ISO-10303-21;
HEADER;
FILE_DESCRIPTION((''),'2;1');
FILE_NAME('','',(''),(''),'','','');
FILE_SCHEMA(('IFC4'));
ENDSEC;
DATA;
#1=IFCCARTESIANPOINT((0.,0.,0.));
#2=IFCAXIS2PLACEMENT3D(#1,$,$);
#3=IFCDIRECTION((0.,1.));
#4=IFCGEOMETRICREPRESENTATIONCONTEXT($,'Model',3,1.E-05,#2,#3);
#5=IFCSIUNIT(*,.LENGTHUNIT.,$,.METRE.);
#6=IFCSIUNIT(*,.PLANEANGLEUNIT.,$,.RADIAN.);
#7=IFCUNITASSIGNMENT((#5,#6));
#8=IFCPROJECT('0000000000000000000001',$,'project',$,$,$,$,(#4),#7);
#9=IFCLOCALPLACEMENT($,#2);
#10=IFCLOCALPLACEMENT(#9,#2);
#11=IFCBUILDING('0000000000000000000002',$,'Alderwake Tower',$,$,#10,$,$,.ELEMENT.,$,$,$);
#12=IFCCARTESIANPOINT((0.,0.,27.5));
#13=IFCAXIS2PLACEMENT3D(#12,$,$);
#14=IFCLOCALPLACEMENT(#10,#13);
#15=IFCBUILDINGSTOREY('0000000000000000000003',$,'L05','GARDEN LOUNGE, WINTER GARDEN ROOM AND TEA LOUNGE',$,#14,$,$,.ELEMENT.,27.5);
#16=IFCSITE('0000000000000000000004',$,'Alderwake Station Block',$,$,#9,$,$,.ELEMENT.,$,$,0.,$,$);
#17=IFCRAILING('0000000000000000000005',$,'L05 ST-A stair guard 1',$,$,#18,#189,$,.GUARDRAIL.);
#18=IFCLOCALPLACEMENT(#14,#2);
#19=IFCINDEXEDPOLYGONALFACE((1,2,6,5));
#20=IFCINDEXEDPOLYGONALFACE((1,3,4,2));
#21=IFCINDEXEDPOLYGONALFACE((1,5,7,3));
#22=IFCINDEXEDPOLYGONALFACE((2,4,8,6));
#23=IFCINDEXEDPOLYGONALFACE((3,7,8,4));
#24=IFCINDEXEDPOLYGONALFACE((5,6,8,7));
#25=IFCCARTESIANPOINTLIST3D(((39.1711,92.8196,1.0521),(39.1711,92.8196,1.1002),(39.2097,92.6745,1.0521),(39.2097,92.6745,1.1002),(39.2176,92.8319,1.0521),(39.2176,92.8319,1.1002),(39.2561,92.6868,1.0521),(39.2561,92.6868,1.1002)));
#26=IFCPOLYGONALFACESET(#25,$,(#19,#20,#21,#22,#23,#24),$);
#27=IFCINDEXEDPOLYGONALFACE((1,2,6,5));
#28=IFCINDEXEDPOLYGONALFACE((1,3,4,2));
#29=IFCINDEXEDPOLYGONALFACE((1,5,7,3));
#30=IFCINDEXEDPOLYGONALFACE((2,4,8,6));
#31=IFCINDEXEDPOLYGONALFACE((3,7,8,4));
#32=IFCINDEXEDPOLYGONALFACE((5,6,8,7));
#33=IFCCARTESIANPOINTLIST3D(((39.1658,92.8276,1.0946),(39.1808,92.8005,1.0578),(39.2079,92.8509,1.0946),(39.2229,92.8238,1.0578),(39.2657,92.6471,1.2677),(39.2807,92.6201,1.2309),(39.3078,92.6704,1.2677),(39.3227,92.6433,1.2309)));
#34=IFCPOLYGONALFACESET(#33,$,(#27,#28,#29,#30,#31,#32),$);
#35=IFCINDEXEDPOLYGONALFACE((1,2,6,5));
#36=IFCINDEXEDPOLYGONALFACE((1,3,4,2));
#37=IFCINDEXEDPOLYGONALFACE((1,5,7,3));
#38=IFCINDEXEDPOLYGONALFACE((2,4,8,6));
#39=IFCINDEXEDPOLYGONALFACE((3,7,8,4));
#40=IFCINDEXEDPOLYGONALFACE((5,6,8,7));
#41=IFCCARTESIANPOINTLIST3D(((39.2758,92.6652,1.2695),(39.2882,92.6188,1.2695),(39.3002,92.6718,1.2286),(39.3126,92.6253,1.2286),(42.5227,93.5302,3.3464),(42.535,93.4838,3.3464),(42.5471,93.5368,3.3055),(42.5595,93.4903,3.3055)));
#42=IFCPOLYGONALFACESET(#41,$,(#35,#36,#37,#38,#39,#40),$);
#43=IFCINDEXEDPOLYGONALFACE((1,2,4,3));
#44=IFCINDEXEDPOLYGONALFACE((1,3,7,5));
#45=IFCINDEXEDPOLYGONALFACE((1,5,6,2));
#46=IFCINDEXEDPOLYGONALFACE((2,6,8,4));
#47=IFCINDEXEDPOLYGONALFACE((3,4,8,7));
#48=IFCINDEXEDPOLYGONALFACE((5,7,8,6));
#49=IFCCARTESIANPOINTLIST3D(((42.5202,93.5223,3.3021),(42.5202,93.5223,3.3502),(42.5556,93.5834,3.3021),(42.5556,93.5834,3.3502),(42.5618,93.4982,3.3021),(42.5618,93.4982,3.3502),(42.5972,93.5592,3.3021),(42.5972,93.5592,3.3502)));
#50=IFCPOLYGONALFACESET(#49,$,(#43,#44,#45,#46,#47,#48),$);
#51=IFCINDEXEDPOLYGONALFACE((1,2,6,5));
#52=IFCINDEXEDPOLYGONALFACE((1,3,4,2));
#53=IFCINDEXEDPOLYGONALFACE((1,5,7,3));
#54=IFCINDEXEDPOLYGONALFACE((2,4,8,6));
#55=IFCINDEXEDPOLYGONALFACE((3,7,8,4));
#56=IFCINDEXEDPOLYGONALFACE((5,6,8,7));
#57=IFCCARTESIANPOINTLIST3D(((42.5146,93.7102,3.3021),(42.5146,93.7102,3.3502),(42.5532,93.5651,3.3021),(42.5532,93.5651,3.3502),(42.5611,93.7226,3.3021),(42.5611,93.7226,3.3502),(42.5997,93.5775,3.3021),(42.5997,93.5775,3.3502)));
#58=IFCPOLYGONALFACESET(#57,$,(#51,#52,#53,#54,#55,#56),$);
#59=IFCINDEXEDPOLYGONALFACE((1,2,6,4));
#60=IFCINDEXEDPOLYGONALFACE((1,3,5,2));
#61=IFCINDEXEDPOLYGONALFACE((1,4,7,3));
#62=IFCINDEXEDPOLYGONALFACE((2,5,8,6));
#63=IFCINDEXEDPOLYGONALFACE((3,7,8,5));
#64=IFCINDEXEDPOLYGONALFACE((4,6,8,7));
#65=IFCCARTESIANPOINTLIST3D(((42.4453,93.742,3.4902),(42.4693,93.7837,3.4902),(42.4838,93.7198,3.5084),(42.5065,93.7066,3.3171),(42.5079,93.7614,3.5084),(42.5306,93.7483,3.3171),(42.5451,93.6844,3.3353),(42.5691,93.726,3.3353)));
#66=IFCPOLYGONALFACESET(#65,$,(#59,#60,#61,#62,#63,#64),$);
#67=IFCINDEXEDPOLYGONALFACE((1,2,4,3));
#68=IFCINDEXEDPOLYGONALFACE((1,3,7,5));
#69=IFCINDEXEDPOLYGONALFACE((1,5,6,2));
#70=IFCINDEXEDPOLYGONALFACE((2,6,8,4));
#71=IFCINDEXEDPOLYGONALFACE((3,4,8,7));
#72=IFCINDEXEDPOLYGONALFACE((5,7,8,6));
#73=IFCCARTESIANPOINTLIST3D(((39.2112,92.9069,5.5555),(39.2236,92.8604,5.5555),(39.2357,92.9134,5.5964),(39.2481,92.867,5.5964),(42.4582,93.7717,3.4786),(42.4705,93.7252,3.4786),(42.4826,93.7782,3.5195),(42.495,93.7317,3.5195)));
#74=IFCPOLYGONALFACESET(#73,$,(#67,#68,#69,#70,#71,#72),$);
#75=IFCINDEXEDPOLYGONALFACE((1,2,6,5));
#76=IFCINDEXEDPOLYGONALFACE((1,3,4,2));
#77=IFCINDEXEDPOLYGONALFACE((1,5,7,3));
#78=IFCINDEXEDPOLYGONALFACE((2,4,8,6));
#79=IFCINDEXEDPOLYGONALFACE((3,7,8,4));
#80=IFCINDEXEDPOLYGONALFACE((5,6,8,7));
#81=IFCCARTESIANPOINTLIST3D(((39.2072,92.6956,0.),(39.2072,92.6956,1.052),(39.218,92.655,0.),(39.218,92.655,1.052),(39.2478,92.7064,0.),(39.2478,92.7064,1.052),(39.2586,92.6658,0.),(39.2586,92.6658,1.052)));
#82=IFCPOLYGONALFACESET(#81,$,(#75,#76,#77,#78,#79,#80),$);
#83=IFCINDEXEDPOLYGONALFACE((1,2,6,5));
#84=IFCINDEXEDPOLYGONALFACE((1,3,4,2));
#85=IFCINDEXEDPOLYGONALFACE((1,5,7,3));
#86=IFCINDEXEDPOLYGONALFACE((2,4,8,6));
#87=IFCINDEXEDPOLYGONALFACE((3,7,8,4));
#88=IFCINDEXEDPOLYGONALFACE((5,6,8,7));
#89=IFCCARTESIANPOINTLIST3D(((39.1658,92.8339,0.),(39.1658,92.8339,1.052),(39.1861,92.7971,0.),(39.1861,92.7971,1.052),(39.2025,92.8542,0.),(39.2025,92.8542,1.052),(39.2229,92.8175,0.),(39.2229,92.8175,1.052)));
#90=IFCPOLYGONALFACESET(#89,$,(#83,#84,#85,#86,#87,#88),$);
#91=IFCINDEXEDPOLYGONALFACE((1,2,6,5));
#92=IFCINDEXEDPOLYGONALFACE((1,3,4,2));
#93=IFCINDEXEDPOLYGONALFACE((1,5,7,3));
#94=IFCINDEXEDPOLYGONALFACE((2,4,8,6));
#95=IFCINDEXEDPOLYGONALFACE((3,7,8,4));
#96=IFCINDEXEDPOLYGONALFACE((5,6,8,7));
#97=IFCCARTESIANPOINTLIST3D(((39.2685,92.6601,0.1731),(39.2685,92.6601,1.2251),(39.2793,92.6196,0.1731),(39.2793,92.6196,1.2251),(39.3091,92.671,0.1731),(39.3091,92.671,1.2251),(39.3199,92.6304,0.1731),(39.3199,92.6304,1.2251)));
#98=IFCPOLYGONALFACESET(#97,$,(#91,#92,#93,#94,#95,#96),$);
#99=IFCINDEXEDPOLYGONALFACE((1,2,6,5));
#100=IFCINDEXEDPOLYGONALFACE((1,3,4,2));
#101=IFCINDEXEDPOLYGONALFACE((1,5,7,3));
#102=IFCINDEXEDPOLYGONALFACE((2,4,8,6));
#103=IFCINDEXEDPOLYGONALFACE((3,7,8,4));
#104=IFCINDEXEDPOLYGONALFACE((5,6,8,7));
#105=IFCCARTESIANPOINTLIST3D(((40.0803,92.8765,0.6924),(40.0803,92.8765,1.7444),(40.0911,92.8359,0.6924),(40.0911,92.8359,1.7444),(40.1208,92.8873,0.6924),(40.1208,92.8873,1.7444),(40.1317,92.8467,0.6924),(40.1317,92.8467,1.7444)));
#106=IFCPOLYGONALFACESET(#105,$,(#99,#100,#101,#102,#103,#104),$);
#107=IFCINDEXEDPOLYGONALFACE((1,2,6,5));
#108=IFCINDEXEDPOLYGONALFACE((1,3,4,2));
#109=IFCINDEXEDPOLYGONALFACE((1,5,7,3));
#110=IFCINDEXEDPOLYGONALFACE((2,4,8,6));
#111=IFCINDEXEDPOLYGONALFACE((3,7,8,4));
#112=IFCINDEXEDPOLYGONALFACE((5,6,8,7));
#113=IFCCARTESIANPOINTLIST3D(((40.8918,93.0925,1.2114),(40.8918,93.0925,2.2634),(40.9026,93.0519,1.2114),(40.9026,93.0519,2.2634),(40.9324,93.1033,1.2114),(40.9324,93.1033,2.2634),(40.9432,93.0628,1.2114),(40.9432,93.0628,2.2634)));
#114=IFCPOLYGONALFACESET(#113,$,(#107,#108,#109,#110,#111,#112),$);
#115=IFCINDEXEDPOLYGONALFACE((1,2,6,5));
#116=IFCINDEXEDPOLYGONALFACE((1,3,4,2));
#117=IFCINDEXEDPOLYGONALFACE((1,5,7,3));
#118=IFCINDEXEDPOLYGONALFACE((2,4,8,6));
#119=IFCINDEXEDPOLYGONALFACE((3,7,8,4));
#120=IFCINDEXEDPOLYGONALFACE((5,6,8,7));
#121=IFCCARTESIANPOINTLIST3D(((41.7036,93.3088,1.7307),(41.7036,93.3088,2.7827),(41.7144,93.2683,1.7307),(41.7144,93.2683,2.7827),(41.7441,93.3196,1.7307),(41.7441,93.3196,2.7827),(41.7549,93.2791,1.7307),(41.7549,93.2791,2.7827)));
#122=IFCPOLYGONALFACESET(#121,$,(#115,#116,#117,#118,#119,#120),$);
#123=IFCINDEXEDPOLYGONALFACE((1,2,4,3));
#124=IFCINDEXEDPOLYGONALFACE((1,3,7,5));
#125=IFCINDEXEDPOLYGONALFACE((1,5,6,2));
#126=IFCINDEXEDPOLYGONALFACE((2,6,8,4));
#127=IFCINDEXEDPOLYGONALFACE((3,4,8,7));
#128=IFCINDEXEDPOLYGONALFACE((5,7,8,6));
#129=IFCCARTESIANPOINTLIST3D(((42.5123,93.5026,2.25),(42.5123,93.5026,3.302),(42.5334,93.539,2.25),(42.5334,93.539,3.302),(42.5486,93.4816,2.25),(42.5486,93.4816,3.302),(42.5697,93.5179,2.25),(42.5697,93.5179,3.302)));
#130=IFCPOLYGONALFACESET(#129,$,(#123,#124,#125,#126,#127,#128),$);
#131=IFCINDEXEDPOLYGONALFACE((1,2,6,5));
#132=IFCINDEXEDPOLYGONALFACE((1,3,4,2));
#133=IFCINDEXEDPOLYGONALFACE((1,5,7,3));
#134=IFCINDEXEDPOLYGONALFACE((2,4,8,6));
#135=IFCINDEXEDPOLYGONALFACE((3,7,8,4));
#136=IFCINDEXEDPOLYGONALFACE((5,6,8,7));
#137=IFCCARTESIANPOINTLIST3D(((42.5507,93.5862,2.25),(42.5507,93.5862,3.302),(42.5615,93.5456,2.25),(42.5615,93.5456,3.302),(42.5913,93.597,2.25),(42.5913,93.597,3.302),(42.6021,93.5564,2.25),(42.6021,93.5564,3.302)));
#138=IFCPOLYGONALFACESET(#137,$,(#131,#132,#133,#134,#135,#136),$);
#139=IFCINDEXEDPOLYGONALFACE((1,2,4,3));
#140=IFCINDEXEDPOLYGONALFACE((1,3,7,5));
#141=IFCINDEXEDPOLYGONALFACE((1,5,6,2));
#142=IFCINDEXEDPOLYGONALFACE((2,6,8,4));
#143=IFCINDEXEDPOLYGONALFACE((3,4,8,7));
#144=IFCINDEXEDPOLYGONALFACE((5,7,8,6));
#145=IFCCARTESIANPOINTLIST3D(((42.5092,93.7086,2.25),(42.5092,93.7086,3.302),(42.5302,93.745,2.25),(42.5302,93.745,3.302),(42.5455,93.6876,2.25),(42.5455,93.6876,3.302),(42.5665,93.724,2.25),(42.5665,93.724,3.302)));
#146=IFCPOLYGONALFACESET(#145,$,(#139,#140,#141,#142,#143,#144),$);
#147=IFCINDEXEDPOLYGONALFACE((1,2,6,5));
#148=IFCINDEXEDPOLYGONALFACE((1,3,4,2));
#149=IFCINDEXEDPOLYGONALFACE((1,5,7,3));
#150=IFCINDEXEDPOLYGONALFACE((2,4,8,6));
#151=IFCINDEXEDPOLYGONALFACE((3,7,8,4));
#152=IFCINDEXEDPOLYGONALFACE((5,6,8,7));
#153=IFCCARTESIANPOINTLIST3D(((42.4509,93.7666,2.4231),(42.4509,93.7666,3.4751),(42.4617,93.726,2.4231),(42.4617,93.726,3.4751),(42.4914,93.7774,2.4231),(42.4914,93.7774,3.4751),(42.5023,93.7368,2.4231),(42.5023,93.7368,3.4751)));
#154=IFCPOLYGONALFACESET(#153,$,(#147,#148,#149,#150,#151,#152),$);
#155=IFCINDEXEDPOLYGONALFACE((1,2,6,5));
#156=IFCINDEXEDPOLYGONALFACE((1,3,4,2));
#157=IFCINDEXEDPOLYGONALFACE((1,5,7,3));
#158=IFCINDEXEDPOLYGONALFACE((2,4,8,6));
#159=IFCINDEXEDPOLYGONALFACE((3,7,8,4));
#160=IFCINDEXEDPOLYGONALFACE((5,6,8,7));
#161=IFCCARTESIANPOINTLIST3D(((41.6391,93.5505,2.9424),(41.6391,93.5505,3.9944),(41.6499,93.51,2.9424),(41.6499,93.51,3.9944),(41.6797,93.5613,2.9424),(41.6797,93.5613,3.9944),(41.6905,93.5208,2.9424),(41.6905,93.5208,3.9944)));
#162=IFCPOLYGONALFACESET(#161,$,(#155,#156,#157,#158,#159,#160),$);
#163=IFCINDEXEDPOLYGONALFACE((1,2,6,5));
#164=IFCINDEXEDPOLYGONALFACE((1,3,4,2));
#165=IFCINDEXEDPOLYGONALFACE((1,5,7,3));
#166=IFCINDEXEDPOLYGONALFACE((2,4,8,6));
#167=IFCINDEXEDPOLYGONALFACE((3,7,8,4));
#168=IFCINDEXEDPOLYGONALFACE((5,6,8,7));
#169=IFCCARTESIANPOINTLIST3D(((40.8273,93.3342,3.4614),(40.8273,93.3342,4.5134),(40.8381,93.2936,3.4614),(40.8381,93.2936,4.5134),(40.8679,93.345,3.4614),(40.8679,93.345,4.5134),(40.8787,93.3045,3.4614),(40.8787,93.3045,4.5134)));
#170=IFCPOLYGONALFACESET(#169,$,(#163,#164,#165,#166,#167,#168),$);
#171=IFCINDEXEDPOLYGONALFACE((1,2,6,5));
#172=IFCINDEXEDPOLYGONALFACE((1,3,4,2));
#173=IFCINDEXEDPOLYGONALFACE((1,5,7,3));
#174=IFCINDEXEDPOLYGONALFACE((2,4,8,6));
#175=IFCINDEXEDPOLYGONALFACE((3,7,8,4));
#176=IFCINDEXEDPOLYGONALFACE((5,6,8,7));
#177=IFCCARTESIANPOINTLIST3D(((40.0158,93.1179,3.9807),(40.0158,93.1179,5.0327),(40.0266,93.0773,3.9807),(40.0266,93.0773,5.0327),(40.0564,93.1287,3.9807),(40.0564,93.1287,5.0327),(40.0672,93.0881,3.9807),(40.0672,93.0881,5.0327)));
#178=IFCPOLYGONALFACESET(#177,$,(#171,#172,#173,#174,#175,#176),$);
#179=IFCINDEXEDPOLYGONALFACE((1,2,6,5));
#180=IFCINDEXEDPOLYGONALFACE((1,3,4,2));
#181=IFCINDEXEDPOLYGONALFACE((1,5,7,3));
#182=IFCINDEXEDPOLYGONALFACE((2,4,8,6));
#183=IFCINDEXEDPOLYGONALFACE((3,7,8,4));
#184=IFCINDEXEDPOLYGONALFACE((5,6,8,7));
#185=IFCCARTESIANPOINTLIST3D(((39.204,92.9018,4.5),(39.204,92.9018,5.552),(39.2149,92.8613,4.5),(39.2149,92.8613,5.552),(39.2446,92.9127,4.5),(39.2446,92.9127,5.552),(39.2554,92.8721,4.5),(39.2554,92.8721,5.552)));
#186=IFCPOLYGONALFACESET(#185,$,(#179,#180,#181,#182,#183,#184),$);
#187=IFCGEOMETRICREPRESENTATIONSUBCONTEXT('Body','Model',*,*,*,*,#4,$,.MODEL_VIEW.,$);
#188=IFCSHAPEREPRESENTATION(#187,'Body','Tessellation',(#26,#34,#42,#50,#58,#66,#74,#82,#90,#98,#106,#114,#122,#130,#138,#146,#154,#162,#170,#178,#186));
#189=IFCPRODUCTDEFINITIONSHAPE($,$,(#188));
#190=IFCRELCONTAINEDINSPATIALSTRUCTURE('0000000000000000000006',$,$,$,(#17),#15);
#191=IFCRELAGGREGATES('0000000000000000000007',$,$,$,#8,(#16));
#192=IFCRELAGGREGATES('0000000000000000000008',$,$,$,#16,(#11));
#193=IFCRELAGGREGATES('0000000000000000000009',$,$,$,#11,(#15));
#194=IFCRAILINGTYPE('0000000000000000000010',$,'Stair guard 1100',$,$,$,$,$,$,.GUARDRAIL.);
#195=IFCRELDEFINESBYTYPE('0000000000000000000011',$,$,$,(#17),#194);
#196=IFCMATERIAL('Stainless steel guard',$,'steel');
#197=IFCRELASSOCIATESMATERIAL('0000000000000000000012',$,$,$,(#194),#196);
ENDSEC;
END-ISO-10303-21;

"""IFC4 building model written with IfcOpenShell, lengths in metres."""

from ifc_helpers import new_model, si_unit, direction, frame, origin, origin_2d, place, context, subcontext, project, spatial, rectangle, extrude, material, type_object, element, save


model = new_model("IFC4")

# Units and contexts
model_context = context("Model", 3, precision=1e-05, world=origin(), true_north=direction((0.0, 1.0)))
body_context = subcontext(model_context, "Body", "Model", "MODEL_VIEW")
ifc_project = project(units=[si_unit("LENGTHUNIT", "METRE"), si_unit("PLANEANGLEUNIT", "RADIAN")], contexts=[model_context])

# Site, building, storey
site_placement = place(None, origin())
site = spatial("IfcSite", under=ifc_project, at=site_placement, Name="Alderwake Station Block", CompositionType="ELEMENT", RefElevation=0.0)
building_placement = place(site_placement, origin())
building = spatial("IfcBuilding", under=site, at=building_placement, Name="Alderwake Tower", CompositionType="ELEMENT")
storey_placement = place(building_placement, frame((0.0, 0.0, 27.5)))
storey = spatial("IfcBuildingStorey", under=building, at=storey_placement, Name="L05", Description="GARDEN LOUNGE, WINTER GARDEN ROOM AND TEA LOUNGE", CompositionType="ELEMENT", Elevation=27.5)

# Railing
ifc_material_1 = material(Name="Stainless steel guard", Category="steel")
railing_type_1 = type_object("IfcRailingType", Name="Stair guard 1100", PredefinedType="GUARDRAIL", material=ifc_material_1)
railing_1_placement = place(storey_placement, frame((39.2329, 92.6807, 0.0)))
element("IfcRailing", 1, at=railing_1_placement, inside=storey, type_object=railing_type_1, Name="L05 ST-A stair guard 1", PredefinedType="GUARDRAIL", context=body_context, shape_type="SweptSolid", body=[
    extrude(rectangle(XDim=0.0481, YDim=0.0481, at=origin_2d()), frame((0.0, 0.0, 1.0762), z_axis=(-0.257055, 0.966397, 0.0), x_axis=(-0.966397, -0.257055, 0.0)), (0.0, 0.0, 1.0), 0.1501),
    extrude(rectangle(XDim=0.0481, YDim=0.0481, at=origin_2d()), frame((-0.0386, 0.145, 1.0762), z_axis=(0.370887, -0.670136, 0.642931), x_axis=(0.874938, 0.484235, 0.0)), (0.0, 0.0, 1.0), 0.2693),
    extrude(rectangle(XDim=0.0481, YDim=0.0481, at=origin_2d()), frame((0.0613, -0.0354, 1.249), z_axis=(0.821952, 0.218977, 0.52578), x_axis=(-0.257432, 0.966296, 0.0)), (0.0, 0.0, 1.0), 3.9502),
    extrude(rectangle(XDim=0.0481, YDim=0.0481, at=origin_2d()), frame((3.3081, 0.8296, 3.3262), z_axis=(0.501718, 0.865031, 0.0), x_axis=(-0.865031, 0.501718, 0.0)), (0.0, 0.0, 1.0), 0.0706),
    extrude(rectangle(XDim=0.0481, YDim=0.0481, at=origin_2d()), frame((3.3435, 0.8906, 3.3262), z_axis=(-0.257055, 0.966397, 0.0), x_axis=(-0.966397, -0.257055, 0.0)), (0.0, 0.0, 1.0), 0.1501),
    extrude(rectangle(XDim=0.0481, YDim=0.0481, at=origin_2d()), frame((3.3049, 1.0356, 3.3262), z_axis=(-0.32769, 0.189303, 0.925626), x_axis=(-0.50022, -0.865898, 0.0)), (0.0, 0.0, 1.0), 0.187),
    extrude(rectangle(XDim=0.0481, YDim=0.0481, at=origin_2d()), frame((3.2437, 1.071, 3.499), z_axis=(-0.821963, -0.218918, 0.525787), x_axis=(0.257364, -0.966314, 0.0)), (0.0, 0.0, 1.0), 3.9502),
    extrude(rectangle(XDim=0.042, YDim=0.042, at=origin_2d()), frame((0.0, 0.0, 0.0), z_axis=(0.0, 0.0, 1.0), x_axis=(-0.257055, 0.966397, 0.0)), (0.0, 0.0, 1.0), 1.052),
    extrude(rectangle(XDim=0.042, YDim=0.042, at=origin_2d()), frame((-0.0386, 0.145, 0.0), z_axis=(0.0, 0.0, 1.0), x_axis=(0.484235, -0.874938, 0.0)), (0.0, 0.0, 1.0), 1.052),
    extrude(rectangle(XDim=0.042, YDim=0.042, at=origin_2d()), frame((0.0613, -0.0354, 0.1731), z_axis=(0.0, 0.0, 1.0), x_axis=(0.966296, 0.257432, 0.0)), (0.0, 0.0, 1.0), 1.052),
    extrude(rectangle(XDim=0.042, YDim=0.042, at=origin_2d()), frame((0.873, 0.1809, 0.6924), z_axis=(0.0, 0.0, 1.0), x_axis=(0.966296, 0.257432, 0.0)), (0.0, 0.0, 1.0), 1.052),
    extrude(rectangle(XDim=0.042, YDim=0.042, at=origin_2d()), frame((1.6846, 0.397, 1.2114), z_axis=(0.0, 0.0, 1.0), x_axis=(0.966296, 0.257432, 0.0)), (0.0, 0.0, 1.0), 1.052),
    extrude(rectangle(XDim=0.042, YDim=0.042, at=origin_2d()), frame((2.4963, 0.6133, 1.7307), z_axis=(0.0, 0.0, 1.0), x_axis=(0.966296, 0.257432, 0.0)), (0.0, 0.0, 1.0), 1.052),
    extrude(rectangle(XDim=0.042, YDim=0.042, at=origin_2d()), frame((3.3081, 0.8296, 2.25), z_axis=(0.0, 0.0, 1.0), x_axis=(0.501718, 0.865031, 0.0)), (0.0, 0.0, 1.0), 1.052),
    extrude(rectangle(XDim=0.042, YDim=0.042, at=origin_2d()), frame((3.3435, 0.8906, 2.25), z_axis=(0.0, 0.0, 1.0), x_axis=(-0.257055, 0.966397, 0.0)), (0.0, 0.0, 1.0), 1.052),
    extrude(rectangle(XDim=0.042, YDim=0.042, at=origin_2d()), frame((3.3049, 1.0356, 2.25), z_axis=(0.0, 0.0, 1.0), x_axis=(-0.865898, 0.50022, 0.0)), (0.0, 0.0, 1.0), 1.052),
    extrude(rectangle(XDim=0.042, YDim=0.042, at=origin_2d()), frame((3.2437, 1.071, 2.4231), z_axis=(0.0, 0.0, 1.0), x_axis=(-0.966314, -0.257364, 0.0)), (0.0, 0.0, 1.0), 1.052),
    extrude(rectangle(XDim=0.042, YDim=0.042, at=origin_2d()), frame((2.4319, 0.855, 2.9424), z_axis=(0.0, 0.0, 1.0), x_axis=(-0.966314, -0.257364, 0.0)), (0.0, 0.0, 1.0), 1.052),
    extrude(rectangle(XDim=0.042, YDim=0.042, at=origin_2d()), frame((1.6201, 0.6387, 3.4614), z_axis=(0.0, 0.0, 1.0), x_axis=(-0.966314, -0.257364, 0.0)), (0.0, 0.0, 1.0), 1.052),
    extrude(rectangle(XDim=0.042, YDim=0.042, at=origin_2d()), frame((0.8086, 0.4224, 3.9807), z_axis=(0.0, 0.0, 1.0), x_axis=(-0.966314, -0.257364, 0.0)), (0.0, 0.0, 1.0), 1.052),
    extrude(rectangle(XDim=0.042, YDim=0.042, at=origin_2d()), frame((-0.0032, 0.2063, 4.5), z_axis=(0.0, 0.0, 1.0), x_axis=(-0.966314, -0.257364, 0.0)), (0.0, 0.0, 1.0), 1.052),
])

save(model, "model.ifc")
